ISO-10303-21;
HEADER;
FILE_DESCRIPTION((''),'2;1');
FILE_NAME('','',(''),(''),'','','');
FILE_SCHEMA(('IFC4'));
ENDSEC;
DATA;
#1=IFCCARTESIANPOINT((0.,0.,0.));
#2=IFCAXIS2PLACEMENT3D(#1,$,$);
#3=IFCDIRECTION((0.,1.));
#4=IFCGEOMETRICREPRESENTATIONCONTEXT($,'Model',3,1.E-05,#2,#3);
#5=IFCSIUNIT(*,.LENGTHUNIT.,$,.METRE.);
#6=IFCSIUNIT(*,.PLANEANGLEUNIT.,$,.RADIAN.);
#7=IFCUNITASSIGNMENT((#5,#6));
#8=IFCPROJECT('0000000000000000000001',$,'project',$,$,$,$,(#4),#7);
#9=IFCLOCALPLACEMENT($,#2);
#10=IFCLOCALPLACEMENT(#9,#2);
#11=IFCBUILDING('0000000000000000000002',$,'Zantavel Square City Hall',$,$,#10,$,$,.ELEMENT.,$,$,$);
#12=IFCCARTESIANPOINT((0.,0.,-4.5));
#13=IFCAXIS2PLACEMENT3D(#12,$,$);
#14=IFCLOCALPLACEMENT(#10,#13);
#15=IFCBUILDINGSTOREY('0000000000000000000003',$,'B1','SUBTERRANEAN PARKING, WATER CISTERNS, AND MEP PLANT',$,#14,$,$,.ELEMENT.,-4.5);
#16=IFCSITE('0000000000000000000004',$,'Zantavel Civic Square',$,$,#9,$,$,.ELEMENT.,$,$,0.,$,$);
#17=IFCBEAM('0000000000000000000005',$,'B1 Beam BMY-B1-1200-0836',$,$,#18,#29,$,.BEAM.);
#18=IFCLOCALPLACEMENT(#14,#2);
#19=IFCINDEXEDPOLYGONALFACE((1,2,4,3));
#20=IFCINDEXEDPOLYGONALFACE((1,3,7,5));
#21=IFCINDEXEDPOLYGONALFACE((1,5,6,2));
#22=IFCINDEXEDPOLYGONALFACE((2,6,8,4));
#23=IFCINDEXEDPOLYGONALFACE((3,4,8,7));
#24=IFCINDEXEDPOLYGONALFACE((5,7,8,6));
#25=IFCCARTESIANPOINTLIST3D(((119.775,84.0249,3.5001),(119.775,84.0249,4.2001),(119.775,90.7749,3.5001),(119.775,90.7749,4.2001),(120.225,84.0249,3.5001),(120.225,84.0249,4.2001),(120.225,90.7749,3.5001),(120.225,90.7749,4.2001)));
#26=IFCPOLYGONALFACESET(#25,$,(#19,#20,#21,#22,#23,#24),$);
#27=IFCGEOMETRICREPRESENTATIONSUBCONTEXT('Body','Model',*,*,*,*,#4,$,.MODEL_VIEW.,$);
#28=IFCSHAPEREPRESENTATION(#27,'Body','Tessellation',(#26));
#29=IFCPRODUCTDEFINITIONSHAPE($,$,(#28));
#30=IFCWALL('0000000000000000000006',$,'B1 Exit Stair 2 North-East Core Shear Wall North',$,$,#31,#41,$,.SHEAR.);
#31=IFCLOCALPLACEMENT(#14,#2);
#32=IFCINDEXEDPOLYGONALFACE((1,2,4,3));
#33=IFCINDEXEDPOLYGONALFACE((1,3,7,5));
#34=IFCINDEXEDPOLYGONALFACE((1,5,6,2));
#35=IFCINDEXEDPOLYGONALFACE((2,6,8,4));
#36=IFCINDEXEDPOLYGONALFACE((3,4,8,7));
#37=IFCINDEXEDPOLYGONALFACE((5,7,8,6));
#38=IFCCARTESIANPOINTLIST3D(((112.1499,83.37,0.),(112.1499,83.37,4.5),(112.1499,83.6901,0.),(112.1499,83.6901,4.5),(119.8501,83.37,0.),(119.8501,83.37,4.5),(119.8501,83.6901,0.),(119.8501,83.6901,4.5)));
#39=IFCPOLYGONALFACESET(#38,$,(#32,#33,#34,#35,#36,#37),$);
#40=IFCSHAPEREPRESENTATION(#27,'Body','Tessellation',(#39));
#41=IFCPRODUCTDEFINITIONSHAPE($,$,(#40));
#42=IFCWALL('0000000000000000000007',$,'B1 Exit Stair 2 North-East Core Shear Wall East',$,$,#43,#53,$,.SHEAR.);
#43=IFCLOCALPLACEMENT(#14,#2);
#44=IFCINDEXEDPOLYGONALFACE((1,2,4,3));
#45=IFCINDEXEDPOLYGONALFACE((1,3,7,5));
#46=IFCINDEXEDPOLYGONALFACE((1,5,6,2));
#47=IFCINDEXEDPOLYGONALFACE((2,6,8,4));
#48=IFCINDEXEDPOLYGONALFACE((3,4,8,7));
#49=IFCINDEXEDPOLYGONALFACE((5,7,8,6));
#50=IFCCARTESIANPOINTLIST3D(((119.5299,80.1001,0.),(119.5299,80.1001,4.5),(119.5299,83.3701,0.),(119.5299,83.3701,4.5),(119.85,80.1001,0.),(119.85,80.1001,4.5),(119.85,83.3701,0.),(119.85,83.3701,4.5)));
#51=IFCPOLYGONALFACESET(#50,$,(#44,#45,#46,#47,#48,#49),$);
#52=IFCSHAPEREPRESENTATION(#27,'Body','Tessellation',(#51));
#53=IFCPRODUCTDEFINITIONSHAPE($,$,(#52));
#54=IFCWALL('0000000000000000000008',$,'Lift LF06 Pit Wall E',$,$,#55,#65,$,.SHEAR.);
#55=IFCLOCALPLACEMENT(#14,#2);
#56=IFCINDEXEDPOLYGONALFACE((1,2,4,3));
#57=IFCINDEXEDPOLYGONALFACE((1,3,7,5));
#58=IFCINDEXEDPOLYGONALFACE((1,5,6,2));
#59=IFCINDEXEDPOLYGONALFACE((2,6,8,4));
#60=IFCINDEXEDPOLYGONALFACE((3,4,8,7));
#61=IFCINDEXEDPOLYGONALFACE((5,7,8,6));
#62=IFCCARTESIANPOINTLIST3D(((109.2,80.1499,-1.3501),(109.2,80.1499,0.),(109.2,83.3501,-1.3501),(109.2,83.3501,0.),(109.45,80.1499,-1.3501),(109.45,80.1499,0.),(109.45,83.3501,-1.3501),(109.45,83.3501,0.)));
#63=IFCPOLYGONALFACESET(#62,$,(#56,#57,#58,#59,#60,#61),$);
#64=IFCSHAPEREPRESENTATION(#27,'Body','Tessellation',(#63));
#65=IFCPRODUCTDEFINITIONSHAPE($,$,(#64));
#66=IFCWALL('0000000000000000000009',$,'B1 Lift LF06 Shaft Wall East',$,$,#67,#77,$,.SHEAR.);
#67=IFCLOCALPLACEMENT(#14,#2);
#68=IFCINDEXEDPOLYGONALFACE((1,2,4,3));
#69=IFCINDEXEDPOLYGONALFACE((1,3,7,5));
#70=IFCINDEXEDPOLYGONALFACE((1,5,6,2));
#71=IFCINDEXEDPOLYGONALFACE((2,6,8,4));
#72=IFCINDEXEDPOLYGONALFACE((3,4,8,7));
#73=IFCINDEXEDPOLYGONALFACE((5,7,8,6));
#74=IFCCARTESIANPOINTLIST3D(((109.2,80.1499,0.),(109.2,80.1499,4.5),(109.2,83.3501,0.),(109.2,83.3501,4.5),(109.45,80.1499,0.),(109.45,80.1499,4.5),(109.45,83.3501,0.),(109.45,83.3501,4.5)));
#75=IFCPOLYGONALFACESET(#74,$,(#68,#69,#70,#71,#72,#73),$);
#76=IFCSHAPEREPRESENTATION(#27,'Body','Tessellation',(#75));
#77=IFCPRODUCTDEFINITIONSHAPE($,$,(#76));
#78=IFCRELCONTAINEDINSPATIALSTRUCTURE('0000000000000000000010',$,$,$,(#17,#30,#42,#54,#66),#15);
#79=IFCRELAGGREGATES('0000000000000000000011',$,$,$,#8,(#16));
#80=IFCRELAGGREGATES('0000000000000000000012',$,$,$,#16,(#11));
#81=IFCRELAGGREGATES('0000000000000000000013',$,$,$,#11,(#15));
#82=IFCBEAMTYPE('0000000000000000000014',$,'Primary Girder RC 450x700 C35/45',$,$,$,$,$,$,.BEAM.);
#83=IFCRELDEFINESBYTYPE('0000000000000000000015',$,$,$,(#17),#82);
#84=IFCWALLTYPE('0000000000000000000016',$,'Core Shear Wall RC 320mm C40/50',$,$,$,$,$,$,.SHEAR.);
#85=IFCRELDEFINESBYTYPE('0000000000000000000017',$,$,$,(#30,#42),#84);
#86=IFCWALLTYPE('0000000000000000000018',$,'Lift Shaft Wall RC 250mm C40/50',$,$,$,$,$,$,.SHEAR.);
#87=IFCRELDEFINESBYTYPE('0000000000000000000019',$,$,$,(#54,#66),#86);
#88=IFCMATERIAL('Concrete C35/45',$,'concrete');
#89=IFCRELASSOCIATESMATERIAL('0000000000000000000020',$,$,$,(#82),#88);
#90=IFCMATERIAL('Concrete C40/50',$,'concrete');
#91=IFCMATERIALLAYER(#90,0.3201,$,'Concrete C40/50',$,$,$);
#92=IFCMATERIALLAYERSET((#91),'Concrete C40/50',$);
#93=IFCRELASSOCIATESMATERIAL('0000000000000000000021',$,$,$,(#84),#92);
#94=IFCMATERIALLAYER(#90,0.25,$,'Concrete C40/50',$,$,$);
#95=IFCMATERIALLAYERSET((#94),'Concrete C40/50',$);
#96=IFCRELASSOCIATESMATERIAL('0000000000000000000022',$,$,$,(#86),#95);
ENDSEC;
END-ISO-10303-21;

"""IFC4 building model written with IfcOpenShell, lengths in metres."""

from ifc_helpers import new_model, si_unit, direction, frame, frame_2d, origin, origin_2d, place, context, subcontext, project, spatial, rectangle, extrude, material, layer, layer_set, material_profile, profile_set, type_object, element, save


model = new_model("IFC4")

# Units and contexts
model_context = context("Model", 3, precision=1e-05, world=origin(), true_north=direction((0.0, 1.0)))
body_context = subcontext(model_context, "Body", "Model", "MODEL_VIEW")
ifc_project = project(units=[si_unit("LENGTHUNIT", "METRE"), si_unit("PLANEANGLEUNIT", "RADIAN")], contexts=[model_context])

# Site, building, storey
site_placement = place(None, origin())
site = spatial("IfcSite", under=ifc_project, at=site_placement, Name="Zantavel Civic Square", CompositionType="ELEMENT", RefElevation=0.0)
building_placement = place(site_placement, origin())
building = spatial("IfcBuilding", under=site, at=building_placement, Name="Zantavel Square City Hall", CompositionType="ELEMENT")
storey_placement = place(building_placement, frame((0.0, 0.0, -4.5)))
storey = spatial("IfcBuildingStorey", under=building, at=storey_placement, Name="B1", Description="SUBTERRANEAN PARKING, WATER CISTERNS, AND MEP PLANT", CompositionType="ELEMENT", Elevation=-4.5)

# Shared definitions
ifc_material_1 = material(Name="Concrete C35/45", Category="concrete")

# Shared definitions
ifc_material_2 = material(Name="Concrete C40/50", Category="concrete")

# Beam
ifc_material_profile_1 = material_profile(ifc_material_1, rectangle(XDim=0.45, YDim=0.7, at=origin_2d()), Name="RC 450x700")
ifc_profile_set_1 = profile_set([ifc_material_profile_1], Name="Concrete C35/45")
beam_type_1 = type_object("IfcBeamType", Name="Primary Girder RC 450x700 C35/45", PredefinedType="BEAM", material=ifc_profile_set_1)
for number, where, z_axis, x_axis, name in (
    (1, (120.0, 84.0249, 3.8501), (0.0, 1.0, 0.0), (-1.0, 0.0, 0.0), "B1 Beam BMY-B1-1200-0836"),
):
    element("IfcBeam", number, at=place(storey_placement, frame(where, z_axis=z_axis, x_axis=x_axis)), inside=storey, type_object=beam_type_1, Name=name, PredefinedType="BEAM", context=body_context, shape_type="SweptSolid", body=[
        extrude(rectangle(XDim=0.45, YDim=0.7, at=origin_2d()), origin(), (0.0, 0.0, 1.0), 6.75),
    ])

# Walls
ifc_layer_1 = layer(ifc_material_2, 0.3201, Name="Concrete C40/50")
ifc_layer_set_1 = layer_set([ifc_layer_1], Name="Concrete C40/50")
wall_type_1 = type_object("IfcWallType", Name="Core Shear Wall RC 320mm C40/50", PredefinedType="SHEAR", material=ifc_layer_set_1)
wall_1_placement = place(storey_placement, frame((112.1499, 83.53, 0.0), z_axis=(0.0, 0.0, 1.0), x_axis=(1.0, 0.0, 0.0)))
element("IfcWall", 2, at=wall_1_placement, inside=storey, type_object=wall_type_1, Name="B1 Exit Stair 2 North-East Core Shear Wall North", PredefinedType="SHEAR", context=body_context, shape_type="SweptSolid", body=[
    extrude(rectangle(XDim=7.7002, YDim=0.3201, at=frame_2d((3.8501, 0.0))), origin(), (0.0, 0.0, 1.0), 4.5),
])
wall_2_placement = place(storey_placement, frame((119.6899, 83.3701, 0.0), z_axis=(0.0, 0.0, 1.0), x_axis=(0.0, -1.0, 0.0)))
element("IfcWall", 3, at=wall_2_placement, inside=storey, type_object=wall_type_1, Name="B1 Exit Stair 2 North-East Core Shear Wall East", PredefinedType="SHEAR", context=body_context, shape_type="SweptSolid", body=[
    extrude(rectangle(XDim=3.27, YDim=0.3201, at=frame_2d((1.635, 0.0))), origin(), (0.0, 0.0, 1.0), 4.5),
])
ifc_layer_2 = layer(ifc_material_2, 0.25, Name="Concrete C40/50")
ifc_layer_set_2 = layer_set([ifc_layer_2], Name="Concrete C40/50")
wall_type_2 = type_object("IfcWallType", Name="Lift Shaft Wall RC 250mm C40/50", PredefinedType="SHEAR", material=ifc_layer_set_2)
wall_3_placement = place(storey_placement, frame((109.325, 83.3501, -1.3501), z_axis=(0.0, 0.0, 1.0), x_axis=(0.0, -1.0, 0.0)))
element("IfcWall", 4, at=wall_3_placement, inside=storey, type_object=wall_type_2, Name="Lift LF06 Pit Wall E", PredefinedType="SHEAR", context=body_context, shape_type="SweptSolid", body=[
    extrude(rectangle(XDim=3.2002, YDim=0.25, at=frame_2d((1.6001, 0.0))), origin(), (0.0, 0.0, 1.0), 1.3501),
])
wall_4_placement = place(storey_placement, frame((109.325, 83.3501, 0.0), z_axis=(0.0, 0.0, 1.0), x_axis=(0.0, -1.0, 0.0)))
element("IfcWall", 5, at=wall_4_placement, inside=storey, type_object=wall_type_2, Name="B1 Lift LF06 Shaft Wall East", PredefinedType="SHEAR", context=body_context, shape_type="SweptSolid", body=[
    extrude(rectangle(XDim=3.2002, YDim=0.25, at=frame_2d((1.6001, 0.0))), origin(), (0.0, 0.0, 1.0), 4.5),
])

save(model, "model.ifc")
